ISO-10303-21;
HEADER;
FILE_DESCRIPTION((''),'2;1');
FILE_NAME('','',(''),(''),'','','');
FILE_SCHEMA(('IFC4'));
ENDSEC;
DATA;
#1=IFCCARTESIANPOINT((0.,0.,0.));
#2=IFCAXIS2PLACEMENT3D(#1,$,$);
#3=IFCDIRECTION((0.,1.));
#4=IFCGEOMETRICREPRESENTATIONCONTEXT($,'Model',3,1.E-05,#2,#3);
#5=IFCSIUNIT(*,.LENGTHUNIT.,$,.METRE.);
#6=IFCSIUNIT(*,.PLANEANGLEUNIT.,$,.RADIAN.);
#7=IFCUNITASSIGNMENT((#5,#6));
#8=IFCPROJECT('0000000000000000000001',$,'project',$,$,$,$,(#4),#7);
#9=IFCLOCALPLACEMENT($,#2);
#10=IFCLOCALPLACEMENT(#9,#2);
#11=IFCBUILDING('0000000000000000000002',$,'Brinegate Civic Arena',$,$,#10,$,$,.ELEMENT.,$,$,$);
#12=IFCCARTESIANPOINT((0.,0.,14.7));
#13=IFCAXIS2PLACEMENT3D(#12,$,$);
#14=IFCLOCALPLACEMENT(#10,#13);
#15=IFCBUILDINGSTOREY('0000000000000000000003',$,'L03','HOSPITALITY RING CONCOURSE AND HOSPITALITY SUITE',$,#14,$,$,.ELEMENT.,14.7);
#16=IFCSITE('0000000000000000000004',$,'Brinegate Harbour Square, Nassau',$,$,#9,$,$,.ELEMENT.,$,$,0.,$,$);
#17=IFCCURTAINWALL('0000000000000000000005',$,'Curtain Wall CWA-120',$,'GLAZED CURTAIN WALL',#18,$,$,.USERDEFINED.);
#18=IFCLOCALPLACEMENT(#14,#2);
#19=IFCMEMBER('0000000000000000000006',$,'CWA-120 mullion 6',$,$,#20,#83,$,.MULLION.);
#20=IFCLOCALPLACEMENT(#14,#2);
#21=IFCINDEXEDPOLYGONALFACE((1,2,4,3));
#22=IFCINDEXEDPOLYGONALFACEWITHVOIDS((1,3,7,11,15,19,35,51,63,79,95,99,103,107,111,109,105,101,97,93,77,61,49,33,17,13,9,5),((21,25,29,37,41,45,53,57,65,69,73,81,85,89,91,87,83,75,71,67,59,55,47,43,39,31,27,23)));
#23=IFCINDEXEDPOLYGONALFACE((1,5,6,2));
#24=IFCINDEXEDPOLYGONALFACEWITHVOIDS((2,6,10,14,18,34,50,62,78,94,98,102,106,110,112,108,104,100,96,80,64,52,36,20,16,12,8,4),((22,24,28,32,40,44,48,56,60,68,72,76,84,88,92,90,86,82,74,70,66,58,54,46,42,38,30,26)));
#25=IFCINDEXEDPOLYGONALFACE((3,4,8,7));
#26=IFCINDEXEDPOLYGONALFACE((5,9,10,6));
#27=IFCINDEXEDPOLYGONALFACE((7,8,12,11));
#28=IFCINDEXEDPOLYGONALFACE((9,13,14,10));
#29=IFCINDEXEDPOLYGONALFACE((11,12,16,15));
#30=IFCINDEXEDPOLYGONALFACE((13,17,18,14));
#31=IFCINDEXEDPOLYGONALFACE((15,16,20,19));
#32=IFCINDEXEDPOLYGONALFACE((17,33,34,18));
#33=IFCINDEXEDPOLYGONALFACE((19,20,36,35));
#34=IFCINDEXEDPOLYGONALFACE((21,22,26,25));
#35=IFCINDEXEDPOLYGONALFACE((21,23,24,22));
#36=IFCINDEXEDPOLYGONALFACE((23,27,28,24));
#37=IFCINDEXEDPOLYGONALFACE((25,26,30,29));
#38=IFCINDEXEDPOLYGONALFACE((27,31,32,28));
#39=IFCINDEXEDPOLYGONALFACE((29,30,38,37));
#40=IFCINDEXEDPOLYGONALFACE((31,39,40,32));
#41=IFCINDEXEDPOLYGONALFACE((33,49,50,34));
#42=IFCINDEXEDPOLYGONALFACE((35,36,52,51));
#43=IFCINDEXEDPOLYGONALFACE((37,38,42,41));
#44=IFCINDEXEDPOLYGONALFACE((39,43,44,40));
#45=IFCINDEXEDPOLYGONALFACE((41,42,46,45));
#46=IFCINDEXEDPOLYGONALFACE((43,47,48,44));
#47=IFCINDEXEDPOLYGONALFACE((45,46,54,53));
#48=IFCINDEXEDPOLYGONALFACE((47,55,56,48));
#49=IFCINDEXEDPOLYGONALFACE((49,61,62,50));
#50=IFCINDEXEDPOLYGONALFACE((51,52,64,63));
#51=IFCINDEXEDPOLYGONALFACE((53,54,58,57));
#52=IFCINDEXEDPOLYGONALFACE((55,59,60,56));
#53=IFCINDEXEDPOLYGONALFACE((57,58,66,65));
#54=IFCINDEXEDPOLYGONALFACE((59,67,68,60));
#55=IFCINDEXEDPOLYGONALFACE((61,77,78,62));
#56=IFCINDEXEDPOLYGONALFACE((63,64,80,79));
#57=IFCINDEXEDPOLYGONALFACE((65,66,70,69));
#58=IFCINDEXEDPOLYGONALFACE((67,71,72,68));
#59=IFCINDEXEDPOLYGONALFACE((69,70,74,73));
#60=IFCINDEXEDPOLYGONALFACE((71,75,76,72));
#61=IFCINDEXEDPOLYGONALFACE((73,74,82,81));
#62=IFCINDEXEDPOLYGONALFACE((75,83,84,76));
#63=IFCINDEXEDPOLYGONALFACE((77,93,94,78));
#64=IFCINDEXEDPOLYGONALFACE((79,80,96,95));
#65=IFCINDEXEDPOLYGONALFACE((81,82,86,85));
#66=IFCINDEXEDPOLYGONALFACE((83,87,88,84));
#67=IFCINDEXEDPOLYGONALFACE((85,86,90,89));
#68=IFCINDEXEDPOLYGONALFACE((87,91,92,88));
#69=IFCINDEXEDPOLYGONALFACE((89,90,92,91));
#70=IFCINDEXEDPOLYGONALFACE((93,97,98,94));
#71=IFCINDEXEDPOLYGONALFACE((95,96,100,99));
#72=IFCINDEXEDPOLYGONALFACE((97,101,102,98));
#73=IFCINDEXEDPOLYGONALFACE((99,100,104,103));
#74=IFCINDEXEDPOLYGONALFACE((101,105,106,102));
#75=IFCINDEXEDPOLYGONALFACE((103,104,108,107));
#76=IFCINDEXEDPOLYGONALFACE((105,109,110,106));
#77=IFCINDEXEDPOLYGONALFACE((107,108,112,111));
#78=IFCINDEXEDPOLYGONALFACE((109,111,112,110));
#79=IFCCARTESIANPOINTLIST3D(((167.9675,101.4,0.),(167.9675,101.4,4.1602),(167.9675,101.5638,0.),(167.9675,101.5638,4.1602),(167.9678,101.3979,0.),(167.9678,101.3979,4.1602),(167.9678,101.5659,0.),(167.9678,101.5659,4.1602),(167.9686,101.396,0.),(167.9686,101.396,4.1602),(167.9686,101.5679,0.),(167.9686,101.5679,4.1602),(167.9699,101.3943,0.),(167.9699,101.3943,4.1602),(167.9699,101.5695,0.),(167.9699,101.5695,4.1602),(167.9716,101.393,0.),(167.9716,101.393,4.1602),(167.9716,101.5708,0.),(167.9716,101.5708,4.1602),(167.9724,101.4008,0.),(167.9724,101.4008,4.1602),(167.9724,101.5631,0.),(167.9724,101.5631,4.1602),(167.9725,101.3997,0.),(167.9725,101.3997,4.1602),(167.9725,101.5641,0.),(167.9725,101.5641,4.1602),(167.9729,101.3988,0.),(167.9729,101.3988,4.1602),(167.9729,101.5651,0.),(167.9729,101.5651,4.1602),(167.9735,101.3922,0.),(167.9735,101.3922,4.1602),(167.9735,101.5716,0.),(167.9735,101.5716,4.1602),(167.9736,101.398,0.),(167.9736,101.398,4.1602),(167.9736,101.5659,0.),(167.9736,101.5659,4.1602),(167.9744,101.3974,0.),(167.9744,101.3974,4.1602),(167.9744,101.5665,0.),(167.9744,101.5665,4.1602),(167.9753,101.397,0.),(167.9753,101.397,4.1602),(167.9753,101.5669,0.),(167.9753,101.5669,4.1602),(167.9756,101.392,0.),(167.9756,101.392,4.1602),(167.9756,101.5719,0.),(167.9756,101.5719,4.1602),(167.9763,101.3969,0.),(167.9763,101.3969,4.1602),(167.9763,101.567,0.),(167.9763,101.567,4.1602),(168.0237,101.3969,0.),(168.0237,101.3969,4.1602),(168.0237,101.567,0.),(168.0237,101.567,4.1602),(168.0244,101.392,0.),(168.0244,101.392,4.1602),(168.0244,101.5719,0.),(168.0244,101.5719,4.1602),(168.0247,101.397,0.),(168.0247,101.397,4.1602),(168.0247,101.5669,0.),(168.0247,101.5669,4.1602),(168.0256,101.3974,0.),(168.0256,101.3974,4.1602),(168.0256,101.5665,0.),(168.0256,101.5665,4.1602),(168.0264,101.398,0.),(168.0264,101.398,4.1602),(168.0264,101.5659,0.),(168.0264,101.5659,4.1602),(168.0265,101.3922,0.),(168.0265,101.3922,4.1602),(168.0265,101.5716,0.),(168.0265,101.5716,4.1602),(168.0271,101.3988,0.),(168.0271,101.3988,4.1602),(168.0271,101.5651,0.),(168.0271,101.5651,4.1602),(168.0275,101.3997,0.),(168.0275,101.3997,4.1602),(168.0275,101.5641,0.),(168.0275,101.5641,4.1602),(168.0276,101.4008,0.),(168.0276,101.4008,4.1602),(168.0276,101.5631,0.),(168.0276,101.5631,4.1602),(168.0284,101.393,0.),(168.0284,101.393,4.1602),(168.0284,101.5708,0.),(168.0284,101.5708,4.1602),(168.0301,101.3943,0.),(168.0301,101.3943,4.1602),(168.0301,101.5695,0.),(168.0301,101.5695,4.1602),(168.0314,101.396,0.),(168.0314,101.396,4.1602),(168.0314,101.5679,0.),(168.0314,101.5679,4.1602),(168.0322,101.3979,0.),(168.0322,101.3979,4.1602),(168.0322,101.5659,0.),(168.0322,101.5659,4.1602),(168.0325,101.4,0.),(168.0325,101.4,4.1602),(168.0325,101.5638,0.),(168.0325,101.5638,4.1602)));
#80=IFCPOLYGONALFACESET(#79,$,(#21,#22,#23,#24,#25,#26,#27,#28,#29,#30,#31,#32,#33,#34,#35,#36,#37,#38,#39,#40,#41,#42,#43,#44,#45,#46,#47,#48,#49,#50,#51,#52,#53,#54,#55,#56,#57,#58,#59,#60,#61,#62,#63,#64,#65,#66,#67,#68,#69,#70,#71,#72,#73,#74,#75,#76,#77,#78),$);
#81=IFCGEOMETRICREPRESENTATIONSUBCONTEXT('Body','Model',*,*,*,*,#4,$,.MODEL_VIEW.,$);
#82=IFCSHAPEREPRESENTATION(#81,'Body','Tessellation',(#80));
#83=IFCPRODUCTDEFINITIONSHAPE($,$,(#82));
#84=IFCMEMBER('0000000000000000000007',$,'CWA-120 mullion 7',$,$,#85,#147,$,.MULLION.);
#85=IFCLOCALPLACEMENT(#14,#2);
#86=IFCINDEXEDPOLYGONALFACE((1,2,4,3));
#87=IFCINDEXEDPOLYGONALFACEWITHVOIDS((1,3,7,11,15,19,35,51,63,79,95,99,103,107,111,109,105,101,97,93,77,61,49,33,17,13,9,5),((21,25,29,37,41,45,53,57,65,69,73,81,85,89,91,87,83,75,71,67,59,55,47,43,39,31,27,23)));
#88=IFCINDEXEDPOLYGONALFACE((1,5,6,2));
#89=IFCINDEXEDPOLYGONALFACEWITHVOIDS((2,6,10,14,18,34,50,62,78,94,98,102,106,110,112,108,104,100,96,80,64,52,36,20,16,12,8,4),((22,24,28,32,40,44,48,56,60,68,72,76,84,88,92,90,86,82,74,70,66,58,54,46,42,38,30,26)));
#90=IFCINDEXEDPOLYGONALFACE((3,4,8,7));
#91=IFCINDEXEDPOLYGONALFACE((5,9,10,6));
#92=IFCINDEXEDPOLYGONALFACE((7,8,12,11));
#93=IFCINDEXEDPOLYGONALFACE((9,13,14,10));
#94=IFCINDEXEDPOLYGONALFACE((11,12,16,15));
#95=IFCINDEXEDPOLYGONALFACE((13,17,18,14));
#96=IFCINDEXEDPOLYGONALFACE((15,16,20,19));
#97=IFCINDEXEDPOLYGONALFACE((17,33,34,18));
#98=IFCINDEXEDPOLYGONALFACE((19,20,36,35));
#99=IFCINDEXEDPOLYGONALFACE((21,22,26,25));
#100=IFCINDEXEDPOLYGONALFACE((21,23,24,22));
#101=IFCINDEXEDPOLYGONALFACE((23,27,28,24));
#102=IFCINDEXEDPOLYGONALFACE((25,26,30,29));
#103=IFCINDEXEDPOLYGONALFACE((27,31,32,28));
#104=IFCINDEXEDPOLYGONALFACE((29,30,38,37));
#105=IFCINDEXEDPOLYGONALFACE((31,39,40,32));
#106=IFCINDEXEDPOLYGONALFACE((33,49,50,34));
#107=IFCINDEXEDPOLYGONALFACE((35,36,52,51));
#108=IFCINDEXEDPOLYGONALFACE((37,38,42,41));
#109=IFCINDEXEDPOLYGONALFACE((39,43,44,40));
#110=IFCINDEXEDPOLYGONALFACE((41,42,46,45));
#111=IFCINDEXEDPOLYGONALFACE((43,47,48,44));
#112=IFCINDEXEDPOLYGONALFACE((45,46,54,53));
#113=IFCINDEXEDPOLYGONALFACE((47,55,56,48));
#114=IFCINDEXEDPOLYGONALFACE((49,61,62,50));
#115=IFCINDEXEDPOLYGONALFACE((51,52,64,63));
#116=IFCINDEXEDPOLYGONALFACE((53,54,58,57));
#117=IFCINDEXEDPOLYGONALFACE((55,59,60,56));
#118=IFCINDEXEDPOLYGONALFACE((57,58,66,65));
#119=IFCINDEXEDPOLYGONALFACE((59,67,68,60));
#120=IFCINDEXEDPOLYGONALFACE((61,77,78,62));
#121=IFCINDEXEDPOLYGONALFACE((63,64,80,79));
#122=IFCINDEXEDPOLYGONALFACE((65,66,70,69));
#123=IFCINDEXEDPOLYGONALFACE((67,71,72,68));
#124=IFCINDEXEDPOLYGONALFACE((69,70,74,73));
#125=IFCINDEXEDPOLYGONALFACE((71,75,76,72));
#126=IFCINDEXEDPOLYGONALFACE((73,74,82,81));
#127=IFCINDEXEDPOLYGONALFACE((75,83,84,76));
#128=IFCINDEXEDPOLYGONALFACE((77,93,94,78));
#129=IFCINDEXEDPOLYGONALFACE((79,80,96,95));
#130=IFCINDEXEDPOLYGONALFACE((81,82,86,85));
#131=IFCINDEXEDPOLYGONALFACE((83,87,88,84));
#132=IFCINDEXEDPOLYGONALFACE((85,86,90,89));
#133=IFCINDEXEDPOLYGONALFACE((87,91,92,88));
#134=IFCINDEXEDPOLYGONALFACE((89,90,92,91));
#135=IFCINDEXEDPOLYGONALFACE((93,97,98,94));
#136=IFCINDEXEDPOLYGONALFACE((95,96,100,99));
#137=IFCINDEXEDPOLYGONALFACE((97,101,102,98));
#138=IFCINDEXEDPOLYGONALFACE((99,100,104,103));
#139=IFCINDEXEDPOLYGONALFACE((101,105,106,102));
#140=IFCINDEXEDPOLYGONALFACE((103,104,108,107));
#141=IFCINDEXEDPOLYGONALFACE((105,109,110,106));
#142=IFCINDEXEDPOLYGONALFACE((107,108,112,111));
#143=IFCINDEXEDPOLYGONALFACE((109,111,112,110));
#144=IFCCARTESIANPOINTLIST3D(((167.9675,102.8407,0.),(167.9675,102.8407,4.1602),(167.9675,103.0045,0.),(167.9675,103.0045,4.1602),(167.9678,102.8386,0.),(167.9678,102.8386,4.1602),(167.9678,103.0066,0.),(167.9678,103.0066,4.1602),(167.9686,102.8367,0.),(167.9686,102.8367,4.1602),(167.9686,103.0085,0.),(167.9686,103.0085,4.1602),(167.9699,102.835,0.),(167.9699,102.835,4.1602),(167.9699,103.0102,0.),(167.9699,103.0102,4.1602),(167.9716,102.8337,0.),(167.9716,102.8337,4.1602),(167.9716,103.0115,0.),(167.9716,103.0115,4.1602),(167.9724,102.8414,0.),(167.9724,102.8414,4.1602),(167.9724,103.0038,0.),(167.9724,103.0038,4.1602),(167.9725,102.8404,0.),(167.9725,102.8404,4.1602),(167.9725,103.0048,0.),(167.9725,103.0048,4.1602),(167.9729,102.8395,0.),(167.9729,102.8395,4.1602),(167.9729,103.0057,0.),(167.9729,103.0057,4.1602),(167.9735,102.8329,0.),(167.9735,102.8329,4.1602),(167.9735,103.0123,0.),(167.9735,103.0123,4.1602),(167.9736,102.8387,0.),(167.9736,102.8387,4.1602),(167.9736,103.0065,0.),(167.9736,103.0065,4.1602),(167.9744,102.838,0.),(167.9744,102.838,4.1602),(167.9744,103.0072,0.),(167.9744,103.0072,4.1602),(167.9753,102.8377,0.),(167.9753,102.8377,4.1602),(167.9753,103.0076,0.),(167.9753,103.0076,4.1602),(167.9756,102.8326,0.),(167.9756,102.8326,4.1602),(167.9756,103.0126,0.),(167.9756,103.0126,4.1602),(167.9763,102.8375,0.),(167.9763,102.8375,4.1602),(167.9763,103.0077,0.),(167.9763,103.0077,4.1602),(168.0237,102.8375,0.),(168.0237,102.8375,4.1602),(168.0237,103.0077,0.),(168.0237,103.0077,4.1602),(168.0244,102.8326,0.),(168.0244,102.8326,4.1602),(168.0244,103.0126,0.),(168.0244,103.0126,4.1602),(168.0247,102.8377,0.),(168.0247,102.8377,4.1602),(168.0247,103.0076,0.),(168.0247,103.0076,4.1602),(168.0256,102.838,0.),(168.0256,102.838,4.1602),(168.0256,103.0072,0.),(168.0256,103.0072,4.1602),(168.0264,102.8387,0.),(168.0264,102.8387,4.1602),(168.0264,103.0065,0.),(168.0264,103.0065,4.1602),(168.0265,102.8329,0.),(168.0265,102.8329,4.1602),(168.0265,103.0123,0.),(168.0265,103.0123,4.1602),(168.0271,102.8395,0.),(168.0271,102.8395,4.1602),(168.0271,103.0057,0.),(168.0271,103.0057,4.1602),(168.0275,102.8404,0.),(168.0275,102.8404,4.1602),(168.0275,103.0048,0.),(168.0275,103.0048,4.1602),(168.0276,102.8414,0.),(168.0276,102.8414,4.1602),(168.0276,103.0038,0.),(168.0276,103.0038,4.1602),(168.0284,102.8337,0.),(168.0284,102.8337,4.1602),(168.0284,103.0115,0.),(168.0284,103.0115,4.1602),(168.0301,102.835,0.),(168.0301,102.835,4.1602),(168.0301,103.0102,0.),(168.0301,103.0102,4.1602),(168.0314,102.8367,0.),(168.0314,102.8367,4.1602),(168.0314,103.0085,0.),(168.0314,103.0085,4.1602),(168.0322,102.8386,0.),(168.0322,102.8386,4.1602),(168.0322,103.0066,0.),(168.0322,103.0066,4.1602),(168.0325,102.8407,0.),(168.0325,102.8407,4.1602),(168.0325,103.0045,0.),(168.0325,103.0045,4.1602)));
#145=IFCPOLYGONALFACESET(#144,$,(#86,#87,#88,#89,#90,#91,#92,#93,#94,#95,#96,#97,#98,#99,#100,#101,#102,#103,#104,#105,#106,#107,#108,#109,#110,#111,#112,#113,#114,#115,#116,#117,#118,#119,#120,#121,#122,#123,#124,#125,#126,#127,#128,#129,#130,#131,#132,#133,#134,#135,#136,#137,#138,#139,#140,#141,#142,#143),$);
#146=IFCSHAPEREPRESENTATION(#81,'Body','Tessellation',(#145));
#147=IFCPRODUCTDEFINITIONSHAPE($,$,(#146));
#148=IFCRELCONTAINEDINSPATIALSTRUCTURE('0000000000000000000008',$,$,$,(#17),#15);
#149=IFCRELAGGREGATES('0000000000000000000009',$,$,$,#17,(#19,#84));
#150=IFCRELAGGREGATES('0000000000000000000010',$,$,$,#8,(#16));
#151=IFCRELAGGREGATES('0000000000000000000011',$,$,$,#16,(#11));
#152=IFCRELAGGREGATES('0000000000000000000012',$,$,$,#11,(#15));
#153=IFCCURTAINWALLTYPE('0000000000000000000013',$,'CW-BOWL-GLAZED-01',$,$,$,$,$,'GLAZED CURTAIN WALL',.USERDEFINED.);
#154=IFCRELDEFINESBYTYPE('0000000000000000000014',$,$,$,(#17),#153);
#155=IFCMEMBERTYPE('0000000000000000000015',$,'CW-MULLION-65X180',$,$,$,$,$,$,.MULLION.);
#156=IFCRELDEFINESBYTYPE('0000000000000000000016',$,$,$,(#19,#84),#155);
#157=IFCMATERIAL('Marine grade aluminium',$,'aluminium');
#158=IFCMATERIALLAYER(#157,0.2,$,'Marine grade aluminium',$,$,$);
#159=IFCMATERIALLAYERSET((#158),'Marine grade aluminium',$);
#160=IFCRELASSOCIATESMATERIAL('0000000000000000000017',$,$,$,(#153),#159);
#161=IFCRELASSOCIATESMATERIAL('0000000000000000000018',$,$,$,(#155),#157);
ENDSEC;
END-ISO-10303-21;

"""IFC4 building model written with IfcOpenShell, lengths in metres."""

from ifc_helpers import new_model, si_unit, direction, frame, origin, origin_2d, place, context, subcontext, project, spatial, hollow_rectangle, extrude, material, layer, layer_set, material_profile, profile_set, type_object, element, aggregate, save


model = new_model("IFC4")

# Units and contexts
model_context = context("Model", 3, precision=1e-05, world=origin(), true_north=direction((0.0, 1.0)))
body_context = subcontext(model_context, "Body", "Model", "MODEL_VIEW")
ifc_project = project(units=[si_unit("LENGTHUNIT", "METRE"), si_unit("PLANEANGLEUNIT", "RADIAN")], contexts=[model_context])

# Site, building, storey
site_placement = place(None, origin())
site = spatial("IfcSite", under=ifc_project, at=site_placement, Name="Brinegate Harbour Square, Nassau", CompositionType="ELEMENT", RefElevation=0.0)
building_placement = place(site_placement, origin())
building = spatial("IfcBuilding", under=site, at=building_placement, Name="Brinegate Civic Arena", CompositionType="ELEMENT")
storey_placement = place(building_placement, frame((0.0, 0.0, 14.7)))
storey = spatial("IfcBuildingStorey", under=building, at=storey_placement, Name="L03", Description="HOSPITALITY RING CONCOURSE AND HOSPITALITY SUITE", CompositionType="ELEMENT", Elevation=14.7)

# Curtain wall, members
ifc_material_1 = material(Name="Marine grade aluminium", Category="aluminium")
ifc_layer_1 = layer(ifc_material_1, 0.2, Name="Marine grade aluminium")
ifc_layer_set_1 = layer_set([ifc_layer_1], Name="Marine grade aluminium")
curtain_wall_type = type_object("IfcCurtainWallType", Name="CW-BOWL-GLAZED-01", ElementType="GLAZED CURTAIN WALL", PredefinedType="USERDEFINED", material=ifc_layer_set_1)
curtain_wall_placement = place(storey_placement, origin())
curtain_wall = element("IfcCurtainWall", 1, at=curtain_wall_placement, inside=storey, type_object=curtain_wall_type, Name="Curtain Wall CWA-120", ObjectType="GLAZED CURTAIN WALL", PredefinedType="USERDEFINED")
ifc_material_profile_1 = material_profile(ifc_material_1, hollow_rectangle(XDim=0.0649, YDim=0.1799, WallThickness=0.0049, InnerFilletRadius=0.0039, OuterFilletRadius=0.0081, at=origin_2d()), Name="MUL65X180")
ifc_profile_set_1 = profile_set([ifc_material_profile_1], Name="Marine grade aluminium")
member_type_1 = type_object("IfcMemberType", Name="CW-MULLION-65X180", PredefinedType="MULLION", material=ifc_profile_set_1)
member_1_placement = place(storey_placement, frame((168.0, 101.4819, 0.0), z_axis=(0.0, 0.0, 1.0), x_axis=(-1.0, 0.0, 0.0)))
member_1 = element("IfcMember", 2, at=member_1_placement, type_object=member_type_1, Name="CWA-120 mullion 6", PredefinedType="MULLION", context=body_context, shape_type="SweptSolid", body=[
    extrude(hollow_rectangle(XDim=0.0649, YDim=0.1799, WallThickness=0.0049, InnerFilletRadius=0.0039, OuterFilletRadius=0.0081, at=origin_2d()), origin(), (0.0, 0.0, 1.0), 4.1602),
])
member_2_placement = place(storey_placement, frame((168.0, 102.9226, 0.0), z_axis=(0.0, 0.0, 1.0), x_axis=(-1.0, 0.0, 0.0)))
member_2 = element("IfcMember", 3, at=member_2_placement, type_object=member_type_1, Name="CWA-120 mullion 7", PredefinedType="MULLION", context=body_context, shape_type="SweptSolid", body=[
    extrude(hollow_rectangle(XDim=0.0649, YDim=0.1799, WallThickness=0.0049, InnerFilletRadius=0.0039, OuterFilletRadius=0.0081, at=origin_2d()), origin(), (0.0, 0.0, 1.0), 4.1602),
])

aggregate(curtain_wall, [member_1, member_2])

save(model, "model.ifc")
